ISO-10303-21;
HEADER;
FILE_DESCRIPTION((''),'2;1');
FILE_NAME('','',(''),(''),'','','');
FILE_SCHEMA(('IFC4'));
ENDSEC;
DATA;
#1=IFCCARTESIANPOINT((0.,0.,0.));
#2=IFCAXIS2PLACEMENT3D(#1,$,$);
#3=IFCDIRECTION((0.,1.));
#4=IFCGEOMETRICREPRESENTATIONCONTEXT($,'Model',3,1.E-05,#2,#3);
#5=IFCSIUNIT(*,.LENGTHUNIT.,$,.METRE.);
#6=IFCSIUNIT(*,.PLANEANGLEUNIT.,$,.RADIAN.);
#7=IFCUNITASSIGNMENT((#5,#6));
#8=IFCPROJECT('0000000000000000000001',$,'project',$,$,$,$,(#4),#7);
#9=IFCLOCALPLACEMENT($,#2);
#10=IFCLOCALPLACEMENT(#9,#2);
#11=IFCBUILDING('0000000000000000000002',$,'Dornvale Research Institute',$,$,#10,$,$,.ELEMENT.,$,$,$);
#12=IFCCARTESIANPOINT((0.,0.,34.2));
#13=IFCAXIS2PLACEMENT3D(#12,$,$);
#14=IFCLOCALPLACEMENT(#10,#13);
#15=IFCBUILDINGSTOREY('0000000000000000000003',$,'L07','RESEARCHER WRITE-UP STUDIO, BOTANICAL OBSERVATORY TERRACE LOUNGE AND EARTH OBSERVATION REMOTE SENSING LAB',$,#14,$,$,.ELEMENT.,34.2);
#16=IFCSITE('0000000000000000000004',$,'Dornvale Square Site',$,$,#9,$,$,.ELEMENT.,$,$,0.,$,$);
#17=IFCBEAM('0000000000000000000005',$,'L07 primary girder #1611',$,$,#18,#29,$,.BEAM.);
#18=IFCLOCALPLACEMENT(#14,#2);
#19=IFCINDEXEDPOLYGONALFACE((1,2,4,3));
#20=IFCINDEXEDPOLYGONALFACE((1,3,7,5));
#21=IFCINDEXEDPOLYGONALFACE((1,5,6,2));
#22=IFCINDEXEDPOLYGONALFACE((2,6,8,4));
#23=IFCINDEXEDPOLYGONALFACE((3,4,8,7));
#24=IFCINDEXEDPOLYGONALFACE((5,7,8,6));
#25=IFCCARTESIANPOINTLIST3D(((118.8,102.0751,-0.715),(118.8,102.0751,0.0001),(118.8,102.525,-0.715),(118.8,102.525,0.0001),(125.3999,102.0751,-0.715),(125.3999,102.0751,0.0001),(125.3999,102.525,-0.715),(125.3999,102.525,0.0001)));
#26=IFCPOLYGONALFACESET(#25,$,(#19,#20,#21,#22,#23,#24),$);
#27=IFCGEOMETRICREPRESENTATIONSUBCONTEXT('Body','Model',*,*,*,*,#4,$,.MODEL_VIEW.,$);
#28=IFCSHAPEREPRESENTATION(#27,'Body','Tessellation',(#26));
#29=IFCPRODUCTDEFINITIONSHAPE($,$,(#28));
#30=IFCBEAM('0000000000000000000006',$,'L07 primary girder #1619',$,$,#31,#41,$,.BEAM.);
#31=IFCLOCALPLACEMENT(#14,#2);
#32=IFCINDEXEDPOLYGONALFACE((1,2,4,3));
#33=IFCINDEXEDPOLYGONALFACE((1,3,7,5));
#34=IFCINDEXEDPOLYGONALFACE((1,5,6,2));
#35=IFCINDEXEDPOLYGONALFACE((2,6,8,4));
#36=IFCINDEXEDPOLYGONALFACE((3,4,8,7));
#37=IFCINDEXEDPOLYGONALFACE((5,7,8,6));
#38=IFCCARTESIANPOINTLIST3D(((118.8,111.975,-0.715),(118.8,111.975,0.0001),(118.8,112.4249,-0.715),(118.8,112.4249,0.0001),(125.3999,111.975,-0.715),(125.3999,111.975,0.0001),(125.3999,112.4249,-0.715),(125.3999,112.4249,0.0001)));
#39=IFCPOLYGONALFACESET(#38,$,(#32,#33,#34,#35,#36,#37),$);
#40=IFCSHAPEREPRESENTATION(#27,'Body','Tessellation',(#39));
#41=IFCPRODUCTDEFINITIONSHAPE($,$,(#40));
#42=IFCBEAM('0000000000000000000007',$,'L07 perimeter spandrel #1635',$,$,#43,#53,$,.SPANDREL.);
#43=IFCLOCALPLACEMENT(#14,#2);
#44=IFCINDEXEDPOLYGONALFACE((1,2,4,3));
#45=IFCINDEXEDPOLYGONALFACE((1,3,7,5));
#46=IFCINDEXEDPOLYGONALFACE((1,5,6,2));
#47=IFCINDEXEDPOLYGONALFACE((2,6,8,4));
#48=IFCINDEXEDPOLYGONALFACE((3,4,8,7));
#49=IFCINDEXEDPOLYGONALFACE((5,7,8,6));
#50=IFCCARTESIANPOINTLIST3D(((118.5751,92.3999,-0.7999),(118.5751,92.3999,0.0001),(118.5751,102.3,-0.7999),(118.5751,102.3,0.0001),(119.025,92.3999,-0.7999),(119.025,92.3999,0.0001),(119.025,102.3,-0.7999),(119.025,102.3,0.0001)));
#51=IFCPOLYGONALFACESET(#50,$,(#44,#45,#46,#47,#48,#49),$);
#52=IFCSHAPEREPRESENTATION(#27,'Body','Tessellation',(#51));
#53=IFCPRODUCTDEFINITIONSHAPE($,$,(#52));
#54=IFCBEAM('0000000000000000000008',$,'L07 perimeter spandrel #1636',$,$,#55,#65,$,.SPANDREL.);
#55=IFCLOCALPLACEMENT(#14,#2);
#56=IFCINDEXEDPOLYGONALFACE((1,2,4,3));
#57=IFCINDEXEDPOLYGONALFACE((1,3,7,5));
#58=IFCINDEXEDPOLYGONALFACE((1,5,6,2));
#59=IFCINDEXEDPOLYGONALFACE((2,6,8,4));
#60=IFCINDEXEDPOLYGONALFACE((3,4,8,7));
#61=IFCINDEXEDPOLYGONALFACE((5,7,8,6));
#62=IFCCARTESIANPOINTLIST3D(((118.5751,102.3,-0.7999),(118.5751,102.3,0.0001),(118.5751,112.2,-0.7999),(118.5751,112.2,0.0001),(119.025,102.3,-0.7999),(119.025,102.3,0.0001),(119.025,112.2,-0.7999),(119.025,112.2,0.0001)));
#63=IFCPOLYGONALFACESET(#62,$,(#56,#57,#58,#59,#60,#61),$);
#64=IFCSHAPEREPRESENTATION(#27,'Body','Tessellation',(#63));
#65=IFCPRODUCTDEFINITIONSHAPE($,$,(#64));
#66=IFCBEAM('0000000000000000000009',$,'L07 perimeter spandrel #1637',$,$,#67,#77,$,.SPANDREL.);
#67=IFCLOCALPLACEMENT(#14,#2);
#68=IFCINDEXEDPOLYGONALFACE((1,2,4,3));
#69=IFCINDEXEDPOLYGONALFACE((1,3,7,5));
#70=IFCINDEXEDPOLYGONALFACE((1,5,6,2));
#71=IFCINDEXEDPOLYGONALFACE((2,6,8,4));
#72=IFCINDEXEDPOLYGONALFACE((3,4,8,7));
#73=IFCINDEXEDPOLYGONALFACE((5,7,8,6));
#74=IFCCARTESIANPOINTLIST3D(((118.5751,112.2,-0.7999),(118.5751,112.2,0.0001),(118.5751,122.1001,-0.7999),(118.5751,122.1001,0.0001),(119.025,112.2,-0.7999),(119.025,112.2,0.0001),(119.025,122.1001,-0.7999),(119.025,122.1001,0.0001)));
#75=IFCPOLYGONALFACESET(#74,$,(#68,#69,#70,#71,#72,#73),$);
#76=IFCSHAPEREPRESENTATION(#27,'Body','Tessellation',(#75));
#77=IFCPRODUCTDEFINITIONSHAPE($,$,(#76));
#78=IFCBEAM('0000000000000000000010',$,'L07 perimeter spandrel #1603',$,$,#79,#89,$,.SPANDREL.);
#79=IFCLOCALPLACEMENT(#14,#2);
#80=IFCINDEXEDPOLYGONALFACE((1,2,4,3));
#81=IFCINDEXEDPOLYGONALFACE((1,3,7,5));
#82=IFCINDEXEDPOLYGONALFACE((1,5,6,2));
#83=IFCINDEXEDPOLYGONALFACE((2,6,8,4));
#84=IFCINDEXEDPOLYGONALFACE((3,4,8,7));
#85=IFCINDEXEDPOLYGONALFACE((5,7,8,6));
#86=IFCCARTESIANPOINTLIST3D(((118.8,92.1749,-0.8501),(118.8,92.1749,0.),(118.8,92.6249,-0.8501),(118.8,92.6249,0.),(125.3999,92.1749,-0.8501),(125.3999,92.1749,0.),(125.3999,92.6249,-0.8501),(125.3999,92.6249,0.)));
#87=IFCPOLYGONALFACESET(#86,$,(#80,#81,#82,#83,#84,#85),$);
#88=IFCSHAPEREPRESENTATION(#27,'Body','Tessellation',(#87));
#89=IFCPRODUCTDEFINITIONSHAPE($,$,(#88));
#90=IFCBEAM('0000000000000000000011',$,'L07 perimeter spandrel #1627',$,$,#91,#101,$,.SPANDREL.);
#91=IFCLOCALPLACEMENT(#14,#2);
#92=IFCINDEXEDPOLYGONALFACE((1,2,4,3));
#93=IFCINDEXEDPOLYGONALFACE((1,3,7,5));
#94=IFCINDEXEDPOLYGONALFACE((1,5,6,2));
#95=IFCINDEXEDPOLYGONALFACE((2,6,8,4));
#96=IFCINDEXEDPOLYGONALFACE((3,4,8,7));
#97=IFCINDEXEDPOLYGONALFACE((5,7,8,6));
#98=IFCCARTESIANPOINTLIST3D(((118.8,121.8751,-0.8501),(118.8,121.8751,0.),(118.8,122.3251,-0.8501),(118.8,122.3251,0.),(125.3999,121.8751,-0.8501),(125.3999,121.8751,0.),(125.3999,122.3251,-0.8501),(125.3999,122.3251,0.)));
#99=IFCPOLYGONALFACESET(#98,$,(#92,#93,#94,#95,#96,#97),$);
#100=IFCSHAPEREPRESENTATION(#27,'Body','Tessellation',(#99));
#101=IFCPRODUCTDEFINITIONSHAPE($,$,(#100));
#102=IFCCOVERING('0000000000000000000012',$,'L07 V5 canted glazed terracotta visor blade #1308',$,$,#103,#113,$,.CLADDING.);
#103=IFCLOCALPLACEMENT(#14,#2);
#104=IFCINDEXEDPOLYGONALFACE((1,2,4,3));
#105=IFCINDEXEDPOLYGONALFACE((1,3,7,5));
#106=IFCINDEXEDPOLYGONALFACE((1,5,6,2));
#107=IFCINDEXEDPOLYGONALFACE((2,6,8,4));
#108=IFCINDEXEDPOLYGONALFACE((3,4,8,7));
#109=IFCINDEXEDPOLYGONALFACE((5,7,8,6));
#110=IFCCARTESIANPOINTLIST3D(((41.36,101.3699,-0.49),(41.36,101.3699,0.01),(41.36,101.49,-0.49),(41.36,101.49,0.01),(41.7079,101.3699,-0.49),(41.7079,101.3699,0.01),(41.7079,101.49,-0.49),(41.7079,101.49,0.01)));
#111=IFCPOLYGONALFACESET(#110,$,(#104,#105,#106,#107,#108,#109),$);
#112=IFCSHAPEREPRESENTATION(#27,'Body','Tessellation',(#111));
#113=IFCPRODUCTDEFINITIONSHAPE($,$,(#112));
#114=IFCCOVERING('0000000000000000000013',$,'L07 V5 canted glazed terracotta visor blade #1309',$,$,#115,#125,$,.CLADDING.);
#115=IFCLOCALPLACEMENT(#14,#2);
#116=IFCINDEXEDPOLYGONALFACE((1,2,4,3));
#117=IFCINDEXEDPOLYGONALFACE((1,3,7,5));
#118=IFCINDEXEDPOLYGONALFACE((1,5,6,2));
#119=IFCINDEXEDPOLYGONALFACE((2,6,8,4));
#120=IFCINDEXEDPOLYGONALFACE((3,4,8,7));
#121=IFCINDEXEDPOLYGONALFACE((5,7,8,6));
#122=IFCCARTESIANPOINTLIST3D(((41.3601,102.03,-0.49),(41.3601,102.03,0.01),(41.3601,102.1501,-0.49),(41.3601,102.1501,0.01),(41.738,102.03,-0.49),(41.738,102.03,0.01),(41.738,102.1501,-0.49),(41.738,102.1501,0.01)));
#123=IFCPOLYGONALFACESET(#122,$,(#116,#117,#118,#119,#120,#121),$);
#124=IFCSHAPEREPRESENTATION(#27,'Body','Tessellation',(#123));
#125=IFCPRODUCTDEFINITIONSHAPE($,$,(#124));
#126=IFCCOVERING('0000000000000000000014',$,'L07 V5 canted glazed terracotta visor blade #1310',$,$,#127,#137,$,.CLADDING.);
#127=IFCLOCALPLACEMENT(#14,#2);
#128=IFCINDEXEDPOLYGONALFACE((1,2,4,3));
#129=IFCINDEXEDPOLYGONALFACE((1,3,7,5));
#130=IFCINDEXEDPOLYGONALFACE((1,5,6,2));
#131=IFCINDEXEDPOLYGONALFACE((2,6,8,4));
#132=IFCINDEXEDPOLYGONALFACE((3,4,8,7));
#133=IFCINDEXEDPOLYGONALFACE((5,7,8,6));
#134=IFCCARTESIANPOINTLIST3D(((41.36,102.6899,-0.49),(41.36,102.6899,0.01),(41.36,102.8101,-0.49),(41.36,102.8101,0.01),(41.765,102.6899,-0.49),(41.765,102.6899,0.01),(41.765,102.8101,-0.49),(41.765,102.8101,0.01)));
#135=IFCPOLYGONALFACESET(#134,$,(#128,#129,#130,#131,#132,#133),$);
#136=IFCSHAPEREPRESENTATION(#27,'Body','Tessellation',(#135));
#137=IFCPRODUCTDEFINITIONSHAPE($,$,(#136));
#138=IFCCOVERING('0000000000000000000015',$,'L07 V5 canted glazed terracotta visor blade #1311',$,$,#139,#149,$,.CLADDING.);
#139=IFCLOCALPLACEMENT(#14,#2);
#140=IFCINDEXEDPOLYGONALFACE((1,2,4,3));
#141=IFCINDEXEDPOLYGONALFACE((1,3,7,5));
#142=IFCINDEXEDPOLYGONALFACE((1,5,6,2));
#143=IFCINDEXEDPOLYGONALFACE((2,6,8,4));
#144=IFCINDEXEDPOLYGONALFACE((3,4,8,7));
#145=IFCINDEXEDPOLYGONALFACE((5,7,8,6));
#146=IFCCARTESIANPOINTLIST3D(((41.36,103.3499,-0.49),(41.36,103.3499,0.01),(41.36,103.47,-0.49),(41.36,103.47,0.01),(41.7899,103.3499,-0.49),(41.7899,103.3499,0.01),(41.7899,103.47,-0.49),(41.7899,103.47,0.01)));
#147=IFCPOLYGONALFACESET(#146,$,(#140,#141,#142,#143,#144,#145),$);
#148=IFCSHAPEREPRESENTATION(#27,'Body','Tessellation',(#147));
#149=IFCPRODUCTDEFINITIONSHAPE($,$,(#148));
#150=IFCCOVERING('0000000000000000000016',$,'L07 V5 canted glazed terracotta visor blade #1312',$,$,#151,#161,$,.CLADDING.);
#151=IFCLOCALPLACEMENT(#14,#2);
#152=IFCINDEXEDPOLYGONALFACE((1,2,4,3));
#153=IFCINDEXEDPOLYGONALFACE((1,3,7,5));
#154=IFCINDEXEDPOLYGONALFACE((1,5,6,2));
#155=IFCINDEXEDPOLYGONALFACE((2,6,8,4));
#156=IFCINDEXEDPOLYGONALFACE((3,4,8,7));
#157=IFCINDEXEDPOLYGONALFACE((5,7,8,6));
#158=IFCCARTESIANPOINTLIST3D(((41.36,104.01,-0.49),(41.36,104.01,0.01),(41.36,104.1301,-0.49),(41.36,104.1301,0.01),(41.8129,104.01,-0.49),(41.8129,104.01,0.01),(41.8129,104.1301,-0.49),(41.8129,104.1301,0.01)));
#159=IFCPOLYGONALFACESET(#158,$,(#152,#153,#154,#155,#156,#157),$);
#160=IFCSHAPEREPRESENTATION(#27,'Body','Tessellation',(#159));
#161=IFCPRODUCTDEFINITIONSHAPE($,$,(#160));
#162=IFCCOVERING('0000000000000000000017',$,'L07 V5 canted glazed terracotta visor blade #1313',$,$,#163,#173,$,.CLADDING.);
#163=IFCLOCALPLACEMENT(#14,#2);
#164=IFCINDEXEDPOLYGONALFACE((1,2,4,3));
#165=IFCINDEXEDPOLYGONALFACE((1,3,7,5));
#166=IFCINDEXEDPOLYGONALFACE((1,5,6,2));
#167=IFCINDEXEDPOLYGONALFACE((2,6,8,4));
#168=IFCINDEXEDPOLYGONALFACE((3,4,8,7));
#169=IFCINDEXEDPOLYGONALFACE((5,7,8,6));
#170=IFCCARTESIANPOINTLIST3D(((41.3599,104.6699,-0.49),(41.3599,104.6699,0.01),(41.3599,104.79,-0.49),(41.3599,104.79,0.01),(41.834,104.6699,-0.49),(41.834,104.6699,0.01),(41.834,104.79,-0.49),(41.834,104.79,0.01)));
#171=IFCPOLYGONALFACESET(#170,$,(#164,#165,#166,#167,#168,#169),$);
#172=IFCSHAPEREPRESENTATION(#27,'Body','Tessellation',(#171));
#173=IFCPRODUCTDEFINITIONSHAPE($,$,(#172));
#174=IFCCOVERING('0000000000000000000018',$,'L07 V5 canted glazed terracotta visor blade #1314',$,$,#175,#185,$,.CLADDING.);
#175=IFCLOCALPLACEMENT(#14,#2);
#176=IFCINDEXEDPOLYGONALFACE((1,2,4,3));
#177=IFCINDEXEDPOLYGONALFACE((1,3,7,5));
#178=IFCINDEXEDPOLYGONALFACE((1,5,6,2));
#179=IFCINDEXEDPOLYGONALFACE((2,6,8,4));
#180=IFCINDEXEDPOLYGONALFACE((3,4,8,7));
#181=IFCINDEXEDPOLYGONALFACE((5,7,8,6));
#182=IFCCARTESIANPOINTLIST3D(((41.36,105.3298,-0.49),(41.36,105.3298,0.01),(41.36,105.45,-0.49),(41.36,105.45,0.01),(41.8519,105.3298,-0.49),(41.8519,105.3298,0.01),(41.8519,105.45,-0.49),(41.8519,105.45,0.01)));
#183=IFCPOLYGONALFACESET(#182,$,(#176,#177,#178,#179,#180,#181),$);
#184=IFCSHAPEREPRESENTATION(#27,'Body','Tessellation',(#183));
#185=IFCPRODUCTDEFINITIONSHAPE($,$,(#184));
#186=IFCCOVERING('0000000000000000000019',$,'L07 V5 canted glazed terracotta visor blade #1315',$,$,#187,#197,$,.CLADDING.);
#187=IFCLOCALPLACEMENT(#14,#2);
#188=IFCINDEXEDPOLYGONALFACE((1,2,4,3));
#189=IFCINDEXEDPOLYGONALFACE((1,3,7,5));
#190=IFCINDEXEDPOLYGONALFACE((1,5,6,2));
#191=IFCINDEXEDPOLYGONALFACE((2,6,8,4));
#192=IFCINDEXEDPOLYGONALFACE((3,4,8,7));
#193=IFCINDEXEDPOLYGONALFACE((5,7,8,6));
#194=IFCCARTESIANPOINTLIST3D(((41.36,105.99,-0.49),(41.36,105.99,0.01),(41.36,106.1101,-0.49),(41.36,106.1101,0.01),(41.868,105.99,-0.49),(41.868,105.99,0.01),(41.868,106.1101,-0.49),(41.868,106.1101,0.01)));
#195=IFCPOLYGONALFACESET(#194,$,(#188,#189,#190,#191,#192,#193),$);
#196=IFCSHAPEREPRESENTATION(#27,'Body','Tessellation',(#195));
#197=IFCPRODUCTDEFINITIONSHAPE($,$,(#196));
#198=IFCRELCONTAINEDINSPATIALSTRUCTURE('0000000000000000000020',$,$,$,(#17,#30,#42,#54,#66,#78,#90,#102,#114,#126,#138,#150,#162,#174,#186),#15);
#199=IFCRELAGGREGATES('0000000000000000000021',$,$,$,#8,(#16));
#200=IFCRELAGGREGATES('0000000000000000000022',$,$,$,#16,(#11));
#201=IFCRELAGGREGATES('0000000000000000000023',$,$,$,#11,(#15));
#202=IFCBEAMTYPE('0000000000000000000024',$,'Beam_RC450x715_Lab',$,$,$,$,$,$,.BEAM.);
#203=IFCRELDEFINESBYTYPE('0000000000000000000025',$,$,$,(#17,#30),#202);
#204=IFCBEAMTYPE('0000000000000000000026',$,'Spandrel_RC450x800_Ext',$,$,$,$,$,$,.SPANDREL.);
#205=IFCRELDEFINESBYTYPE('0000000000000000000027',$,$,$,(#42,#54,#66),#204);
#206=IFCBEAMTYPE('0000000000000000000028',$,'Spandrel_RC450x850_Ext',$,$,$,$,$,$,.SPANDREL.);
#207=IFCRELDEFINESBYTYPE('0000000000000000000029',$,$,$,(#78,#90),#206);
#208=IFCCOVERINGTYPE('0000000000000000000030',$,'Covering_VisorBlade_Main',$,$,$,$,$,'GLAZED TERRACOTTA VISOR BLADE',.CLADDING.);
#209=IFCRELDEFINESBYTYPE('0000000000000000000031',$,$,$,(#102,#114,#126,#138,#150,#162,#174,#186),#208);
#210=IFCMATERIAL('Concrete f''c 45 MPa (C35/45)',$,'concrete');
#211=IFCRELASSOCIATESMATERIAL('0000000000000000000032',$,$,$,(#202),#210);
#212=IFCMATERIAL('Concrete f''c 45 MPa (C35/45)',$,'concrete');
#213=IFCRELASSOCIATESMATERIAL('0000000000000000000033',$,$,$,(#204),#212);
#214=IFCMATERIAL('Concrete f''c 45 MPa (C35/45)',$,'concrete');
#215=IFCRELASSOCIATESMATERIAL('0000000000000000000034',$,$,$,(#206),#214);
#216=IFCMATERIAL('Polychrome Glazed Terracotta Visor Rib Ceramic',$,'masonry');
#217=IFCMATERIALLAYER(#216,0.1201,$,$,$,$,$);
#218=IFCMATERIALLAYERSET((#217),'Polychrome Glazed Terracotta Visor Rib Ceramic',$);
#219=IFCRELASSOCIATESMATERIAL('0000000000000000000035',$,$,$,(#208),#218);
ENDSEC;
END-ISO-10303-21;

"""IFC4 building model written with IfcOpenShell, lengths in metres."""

from ifc_helpers import new_model, si_unit, direction, frame, origin, origin_2d, place, context, subcontext, project, spatial, rectangle, extrude, material, layer, layer_set, material_profile, profile_set, type_object, element, save


model = new_model("IFC4")

# Units and contexts
model_context = context("Model", 3, precision=1e-05, world=origin(), true_north=direction((0.0, 1.0)))
body_context = subcontext(model_context, "Body", "Model", "MODEL_VIEW")
ifc_project = project(units=[si_unit("LENGTHUNIT", "METRE"), si_unit("PLANEANGLEUNIT", "RADIAN")], contexts=[model_context])

# Site, building, storey
site_placement = place(None, origin())
site = spatial("IfcSite", under=ifc_project, at=site_placement, Name="Dornvale Square Site", CompositionType="ELEMENT", RefElevation=0.0)
building_placement = place(site_placement, origin())
building = spatial("IfcBuilding", under=site, at=building_placement, Name="Dornvale Research Institute", CompositionType="ELEMENT")
storey_placement = place(building_placement, frame((0.0, 0.0, 34.2)))
storey = spatial("IfcBuildingStorey", under=building, at=storey_placement, Name="L07", Description="RESEARCHER WRITE-UP STUDIO, BOTANICAL OBSERVATORY TERRACE LOUNGE AND EARTH OBSERVATION REMOTE SENSING LAB", CompositionType="ELEMENT", Elevation=34.2)

# Beams
ifc_material_1 = material(Name="Concrete f'c 45 MPa (C35/45)", Category="concrete")
ifc_material_profile_1 = material_profile(ifc_material_1, rectangle(XDim=0.45, YDim=0.7151, at=origin_2d()), Name="RC 450x715")
ifc_profile_set_1 = profile_set([ifc_material_profile_1], Name="Concrete f'c 45 MPa (C35/45)")
beam_type_1 = type_object("IfcBeamType", Name="Beam_RC450x715_Lab", PredefinedType="BEAM", material=ifc_profile_set_1)
for number, where, z_axis, x_axis, name in (
    (1, (118.8, 102.3, -0.3574), (1.0, 0.0, 0.0), (0.0, 1.0, 0.0), "L07 primary girder #1611"),
    (2, (118.8, 112.2, -0.3574), (1.0, 0.0, 0.0), (0.0, 1.0, 0.0), "L07 primary girder #1619"),
):
    element("IfcBeam", number, at=place(storey_placement, frame(where, z_axis=z_axis, x_axis=x_axis)), inside=storey, type_object=beam_type_1, Name=name, PredefinedType="BEAM", context=body_context, shape_type="SweptSolid", body=[
        extrude(rectangle(XDim=0.45, YDim=0.7151, at=origin_2d()), origin(), (0.0, 0.0, 1.0), 6.5999),
    ])
ifc_material_2 = material(Name="Concrete f'c 45 MPa (C35/45)", Category="concrete")
ifc_material_profile_2 = material_profile(ifc_material_2, rectangle(XDim=0.45, YDim=0.8, at=origin_2d()), Name="RC 450x800")
ifc_profile_set_2 = profile_set([ifc_material_profile_2], Name="Concrete f'c 45 MPa (C35/45)")
beam_type_2 = type_object("IfcBeamType", Name="Spandrel_RC450x800_Ext", PredefinedType="SPANDREL", material=ifc_profile_set_2)
beam_1_placement = place(storey_placement, frame((118.8, 92.3999, -0.3999), z_axis=(0.0, 1.0, 0.0), x_axis=(-1.0, 0.0, 0.0)))
element("IfcBeam", 3, at=beam_1_placement, inside=storey, type_object=beam_type_2, Name="L07 perimeter spandrel #1635", PredefinedType="SPANDREL", context=body_context, shape_type="SweptSolid", body=[
    extrude(rectangle(XDim=0.45, YDim=0.8, at=origin_2d()), origin(), (0.0, 0.0, 1.0), 9.9001),
])
beam_2_placement = place(storey_placement, frame((118.8, 102.3, -0.3999), z_axis=(0.0, 1.0, 0.0), x_axis=(-1.0, 0.0, 0.0)))
element("IfcBeam", 4, at=beam_2_placement, inside=storey, type_object=beam_type_2, Name="L07 perimeter spandrel #1636", PredefinedType="SPANDREL", context=body_context, shape_type="SweptSolid", body=[
    extrude(rectangle(XDim=0.45, YDim=0.8, at=origin_2d()), origin(), (0.0, 0.0, 1.0), 9.8999),
])
beam_3_placement = place(storey_placement, frame((118.8, 112.2, -0.3999), z_axis=(0.0, 1.0, 0.0), x_axis=(-1.0, 0.0, 0.0)))
element("IfcBeam", 5, at=beam_3_placement, inside=storey, type_object=beam_type_2, Name="L07 perimeter spandrel #1637", PredefinedType="SPANDREL", context=body_context, shape_type="SweptSolid", body=[
    extrude(rectangle(XDim=0.45, YDim=0.8, at=origin_2d()), origin(), (0.0, 0.0, 1.0), 9.9001),
])
ifc_material_3 = material(Name="Concrete f'c 45 MPa (C35/45)", Category="concrete")
ifc_material_profile_3 = material_profile(ifc_material_3, rectangle(XDim=0.45, YDim=0.8501, at=origin_2d()), Name="RC 450x850")
ifc_profile_set_3 = profile_set([ifc_material_profile_3], Name="Concrete f'c 45 MPa (C35/45)")
beam_type_3 = type_object("IfcBeamType", Name="Spandrel_RC450x850_Ext", PredefinedType="SPANDREL", material=ifc_profile_set_3)
for number, where, z_axis, x_axis, name in (
    (6, (118.8, 92.3999, -0.425), (1.0, 0.0, 0.0), (0.0, 1.0, 0.0), "L07 perimeter spandrel #1603"),
    (7, (118.8, 122.1001, -0.425), (1.0, 0.0, 0.0), (0.0, 1.0, 0.0), "L07 perimeter spandrel #1627"),
):
    element("IfcBeam", number, at=place(storey_placement, frame(where, z_axis=z_axis, x_axis=x_axis)), inside=storey, type_object=beam_type_3, Name=name, PredefinedType="SPANDREL", context=body_context, shape_type="SweptSolid", body=[
        extrude(rectangle(XDim=0.45, YDim=0.8501, at=origin_2d()), origin(), (0.0, 0.0, 1.0), 6.5999),
    ])

# Coverings
ifc_material_4 = material(Name="Polychrome Glazed Terracotta Visor Rib Ceramic", Category="masonry")
ifc_layer = layer(ifc_material_4, 0.1201)
ifc_layer_set = layer_set([ifc_layer], Name="Polychrome Glazed Terracotta Visor Rib Ceramic")
covering_type = type_object("IfcCoveringType", Name="Covering_VisorBlade_Main", ElementType="GLAZED TERRACOTTA VISOR BLADE", PredefinedType="CLADDING", material=ifc_layer_set)
covering_1_placement = place(storey_placement, frame((41.5339, 101.4299, -0.49), z_axis=(0.0, 0.0, 1.0), x_axis=(1.0, 0.0, 0.0)))
element("IfcCovering", 8, at=covering_1_placement, inside=storey, type_object=covering_type, Name="L07 V5 canted glazed terracotta visor blade #1308", PredefinedType="CLADDING", context=body_context, shape_type="SweptSolid", body=[
    extrude(rectangle(XDim=0.3479, YDim=0.1201, at=origin_2d()), origin(), (0.0, 0.0, 1.0), 0.5),
])
covering_2_placement = place(storey_placement, frame((41.5491, 102.0901, -0.49), z_axis=(0.0, 0.0, 1.0), x_axis=(1.0, 0.0, 0.0)))
element("IfcCovering", 9, at=covering_2_placement, inside=storey, type_object=covering_type, Name="L07 V5 canted glazed terracotta visor blade #1309", PredefinedType="CLADDING", context=body_context, shape_type="SweptSolid", body=[
    extrude(rectangle(XDim=0.3779, YDim=0.1201, at=origin_2d()), origin(), (0.0, 0.0, 1.0), 0.5),
])
covering_3_placement = place(storey_placement, frame((41.5625, 102.75, -0.49), z_axis=(0.0, 0.0, 1.0), x_axis=(1.0, 0.0, 0.0)))
element("IfcCovering", 10, at=covering_3_placement, inside=storey, type_object=covering_type, Name="L07 V5 canted glazed terracotta visor blade #1310", PredefinedType="CLADDING", context=body_context, shape_type="SweptSolid", body=[
    extrude(rectangle(XDim=0.405, YDim=0.1201, at=origin_2d()), origin(), (0.0, 0.0, 1.0), 0.5),
])
covering_4_placement = place(storey_placement, frame((41.575, 103.4099, -0.49), z_axis=(0.0, 0.0, 1.0), x_axis=(1.0, 0.0, 0.0)))
element("IfcCovering", 11, at=covering_4_placement, inside=storey, type_object=covering_type, Name="L07 V5 canted glazed terracotta visor blade #1311", PredefinedType="CLADDING", context=body_context, shape_type="SweptSolid", body=[
    extrude(rectangle(XDim=0.4299, YDim=0.1201, at=origin_2d()), origin(), (0.0, 0.0, 1.0), 0.5),
])
covering_5_placement = place(storey_placement, frame((41.5864, 104.0701, -0.49), z_axis=(0.0, 0.0, 1.0), x_axis=(1.0, 0.0, 0.0)))
element("IfcCovering", 12, at=covering_5_placement, inside=storey, type_object=covering_type, Name="L07 V5 canted glazed terracotta visor blade #1312", PredefinedType="CLADDING", context=body_context, shape_type="SweptSolid", body=[
    extrude(rectangle(XDim=0.4529, YDim=0.1201, at=origin_2d()), origin(), (0.0, 0.0, 1.0), 0.5),
])
covering_6_placement = place(storey_placement, frame((41.5969, 104.73, -0.49), z_axis=(0.0, 0.0, 1.0), x_axis=(1.0, 0.0, 0.0)))
element("IfcCovering", 13, at=covering_6_placement, inside=storey, type_object=covering_type, Name="L07 V5 canted glazed terracotta visor blade #1313", PredefinedType="CLADDING", context=body_context, shape_type="SweptSolid", body=[
    extrude(rectangle(XDim=0.4741, YDim=0.1201, at=origin_2d()), origin(), (0.0, 0.0, 1.0), 0.5),
])
covering_7_placement = place(storey_placement, frame((41.606, 105.3899, -0.49), z_axis=(0.0, 0.0, 1.0), x_axis=(1.0, 0.0, 0.0)))
element("IfcCovering", 14, at=covering_7_placement, inside=storey, type_object=covering_type, Name="L07 V5 canted glazed terracotta visor blade #1314", PredefinedType="CLADDING", context=body_context, shape_type="SweptSolid", body=[
    extrude(rectangle(XDim=0.4919, YDim=0.1201, at=origin_2d()), origin(), (0.0, 0.0, 1.0), 0.5),
])
covering_8_placement = place(storey_placement, frame((41.614, 106.05, -0.49), z_axis=(0.0, 0.0, 1.0), x_axis=(1.0, 0.0, 0.0)))
element("IfcCovering", 15, at=covering_8_placement, inside=storey, type_object=covering_type, Name="L07 V5 canted glazed terracotta visor blade #1315", PredefinedType="CLADDING", context=body_context, shape_type="SweptSolid", body=[
    extrude(rectangle(XDim=0.5081, YDim=0.1201, at=origin_2d()), origin(), (0.0, 0.0, 1.0), 0.5),
])

save(model, "model.ifc")
